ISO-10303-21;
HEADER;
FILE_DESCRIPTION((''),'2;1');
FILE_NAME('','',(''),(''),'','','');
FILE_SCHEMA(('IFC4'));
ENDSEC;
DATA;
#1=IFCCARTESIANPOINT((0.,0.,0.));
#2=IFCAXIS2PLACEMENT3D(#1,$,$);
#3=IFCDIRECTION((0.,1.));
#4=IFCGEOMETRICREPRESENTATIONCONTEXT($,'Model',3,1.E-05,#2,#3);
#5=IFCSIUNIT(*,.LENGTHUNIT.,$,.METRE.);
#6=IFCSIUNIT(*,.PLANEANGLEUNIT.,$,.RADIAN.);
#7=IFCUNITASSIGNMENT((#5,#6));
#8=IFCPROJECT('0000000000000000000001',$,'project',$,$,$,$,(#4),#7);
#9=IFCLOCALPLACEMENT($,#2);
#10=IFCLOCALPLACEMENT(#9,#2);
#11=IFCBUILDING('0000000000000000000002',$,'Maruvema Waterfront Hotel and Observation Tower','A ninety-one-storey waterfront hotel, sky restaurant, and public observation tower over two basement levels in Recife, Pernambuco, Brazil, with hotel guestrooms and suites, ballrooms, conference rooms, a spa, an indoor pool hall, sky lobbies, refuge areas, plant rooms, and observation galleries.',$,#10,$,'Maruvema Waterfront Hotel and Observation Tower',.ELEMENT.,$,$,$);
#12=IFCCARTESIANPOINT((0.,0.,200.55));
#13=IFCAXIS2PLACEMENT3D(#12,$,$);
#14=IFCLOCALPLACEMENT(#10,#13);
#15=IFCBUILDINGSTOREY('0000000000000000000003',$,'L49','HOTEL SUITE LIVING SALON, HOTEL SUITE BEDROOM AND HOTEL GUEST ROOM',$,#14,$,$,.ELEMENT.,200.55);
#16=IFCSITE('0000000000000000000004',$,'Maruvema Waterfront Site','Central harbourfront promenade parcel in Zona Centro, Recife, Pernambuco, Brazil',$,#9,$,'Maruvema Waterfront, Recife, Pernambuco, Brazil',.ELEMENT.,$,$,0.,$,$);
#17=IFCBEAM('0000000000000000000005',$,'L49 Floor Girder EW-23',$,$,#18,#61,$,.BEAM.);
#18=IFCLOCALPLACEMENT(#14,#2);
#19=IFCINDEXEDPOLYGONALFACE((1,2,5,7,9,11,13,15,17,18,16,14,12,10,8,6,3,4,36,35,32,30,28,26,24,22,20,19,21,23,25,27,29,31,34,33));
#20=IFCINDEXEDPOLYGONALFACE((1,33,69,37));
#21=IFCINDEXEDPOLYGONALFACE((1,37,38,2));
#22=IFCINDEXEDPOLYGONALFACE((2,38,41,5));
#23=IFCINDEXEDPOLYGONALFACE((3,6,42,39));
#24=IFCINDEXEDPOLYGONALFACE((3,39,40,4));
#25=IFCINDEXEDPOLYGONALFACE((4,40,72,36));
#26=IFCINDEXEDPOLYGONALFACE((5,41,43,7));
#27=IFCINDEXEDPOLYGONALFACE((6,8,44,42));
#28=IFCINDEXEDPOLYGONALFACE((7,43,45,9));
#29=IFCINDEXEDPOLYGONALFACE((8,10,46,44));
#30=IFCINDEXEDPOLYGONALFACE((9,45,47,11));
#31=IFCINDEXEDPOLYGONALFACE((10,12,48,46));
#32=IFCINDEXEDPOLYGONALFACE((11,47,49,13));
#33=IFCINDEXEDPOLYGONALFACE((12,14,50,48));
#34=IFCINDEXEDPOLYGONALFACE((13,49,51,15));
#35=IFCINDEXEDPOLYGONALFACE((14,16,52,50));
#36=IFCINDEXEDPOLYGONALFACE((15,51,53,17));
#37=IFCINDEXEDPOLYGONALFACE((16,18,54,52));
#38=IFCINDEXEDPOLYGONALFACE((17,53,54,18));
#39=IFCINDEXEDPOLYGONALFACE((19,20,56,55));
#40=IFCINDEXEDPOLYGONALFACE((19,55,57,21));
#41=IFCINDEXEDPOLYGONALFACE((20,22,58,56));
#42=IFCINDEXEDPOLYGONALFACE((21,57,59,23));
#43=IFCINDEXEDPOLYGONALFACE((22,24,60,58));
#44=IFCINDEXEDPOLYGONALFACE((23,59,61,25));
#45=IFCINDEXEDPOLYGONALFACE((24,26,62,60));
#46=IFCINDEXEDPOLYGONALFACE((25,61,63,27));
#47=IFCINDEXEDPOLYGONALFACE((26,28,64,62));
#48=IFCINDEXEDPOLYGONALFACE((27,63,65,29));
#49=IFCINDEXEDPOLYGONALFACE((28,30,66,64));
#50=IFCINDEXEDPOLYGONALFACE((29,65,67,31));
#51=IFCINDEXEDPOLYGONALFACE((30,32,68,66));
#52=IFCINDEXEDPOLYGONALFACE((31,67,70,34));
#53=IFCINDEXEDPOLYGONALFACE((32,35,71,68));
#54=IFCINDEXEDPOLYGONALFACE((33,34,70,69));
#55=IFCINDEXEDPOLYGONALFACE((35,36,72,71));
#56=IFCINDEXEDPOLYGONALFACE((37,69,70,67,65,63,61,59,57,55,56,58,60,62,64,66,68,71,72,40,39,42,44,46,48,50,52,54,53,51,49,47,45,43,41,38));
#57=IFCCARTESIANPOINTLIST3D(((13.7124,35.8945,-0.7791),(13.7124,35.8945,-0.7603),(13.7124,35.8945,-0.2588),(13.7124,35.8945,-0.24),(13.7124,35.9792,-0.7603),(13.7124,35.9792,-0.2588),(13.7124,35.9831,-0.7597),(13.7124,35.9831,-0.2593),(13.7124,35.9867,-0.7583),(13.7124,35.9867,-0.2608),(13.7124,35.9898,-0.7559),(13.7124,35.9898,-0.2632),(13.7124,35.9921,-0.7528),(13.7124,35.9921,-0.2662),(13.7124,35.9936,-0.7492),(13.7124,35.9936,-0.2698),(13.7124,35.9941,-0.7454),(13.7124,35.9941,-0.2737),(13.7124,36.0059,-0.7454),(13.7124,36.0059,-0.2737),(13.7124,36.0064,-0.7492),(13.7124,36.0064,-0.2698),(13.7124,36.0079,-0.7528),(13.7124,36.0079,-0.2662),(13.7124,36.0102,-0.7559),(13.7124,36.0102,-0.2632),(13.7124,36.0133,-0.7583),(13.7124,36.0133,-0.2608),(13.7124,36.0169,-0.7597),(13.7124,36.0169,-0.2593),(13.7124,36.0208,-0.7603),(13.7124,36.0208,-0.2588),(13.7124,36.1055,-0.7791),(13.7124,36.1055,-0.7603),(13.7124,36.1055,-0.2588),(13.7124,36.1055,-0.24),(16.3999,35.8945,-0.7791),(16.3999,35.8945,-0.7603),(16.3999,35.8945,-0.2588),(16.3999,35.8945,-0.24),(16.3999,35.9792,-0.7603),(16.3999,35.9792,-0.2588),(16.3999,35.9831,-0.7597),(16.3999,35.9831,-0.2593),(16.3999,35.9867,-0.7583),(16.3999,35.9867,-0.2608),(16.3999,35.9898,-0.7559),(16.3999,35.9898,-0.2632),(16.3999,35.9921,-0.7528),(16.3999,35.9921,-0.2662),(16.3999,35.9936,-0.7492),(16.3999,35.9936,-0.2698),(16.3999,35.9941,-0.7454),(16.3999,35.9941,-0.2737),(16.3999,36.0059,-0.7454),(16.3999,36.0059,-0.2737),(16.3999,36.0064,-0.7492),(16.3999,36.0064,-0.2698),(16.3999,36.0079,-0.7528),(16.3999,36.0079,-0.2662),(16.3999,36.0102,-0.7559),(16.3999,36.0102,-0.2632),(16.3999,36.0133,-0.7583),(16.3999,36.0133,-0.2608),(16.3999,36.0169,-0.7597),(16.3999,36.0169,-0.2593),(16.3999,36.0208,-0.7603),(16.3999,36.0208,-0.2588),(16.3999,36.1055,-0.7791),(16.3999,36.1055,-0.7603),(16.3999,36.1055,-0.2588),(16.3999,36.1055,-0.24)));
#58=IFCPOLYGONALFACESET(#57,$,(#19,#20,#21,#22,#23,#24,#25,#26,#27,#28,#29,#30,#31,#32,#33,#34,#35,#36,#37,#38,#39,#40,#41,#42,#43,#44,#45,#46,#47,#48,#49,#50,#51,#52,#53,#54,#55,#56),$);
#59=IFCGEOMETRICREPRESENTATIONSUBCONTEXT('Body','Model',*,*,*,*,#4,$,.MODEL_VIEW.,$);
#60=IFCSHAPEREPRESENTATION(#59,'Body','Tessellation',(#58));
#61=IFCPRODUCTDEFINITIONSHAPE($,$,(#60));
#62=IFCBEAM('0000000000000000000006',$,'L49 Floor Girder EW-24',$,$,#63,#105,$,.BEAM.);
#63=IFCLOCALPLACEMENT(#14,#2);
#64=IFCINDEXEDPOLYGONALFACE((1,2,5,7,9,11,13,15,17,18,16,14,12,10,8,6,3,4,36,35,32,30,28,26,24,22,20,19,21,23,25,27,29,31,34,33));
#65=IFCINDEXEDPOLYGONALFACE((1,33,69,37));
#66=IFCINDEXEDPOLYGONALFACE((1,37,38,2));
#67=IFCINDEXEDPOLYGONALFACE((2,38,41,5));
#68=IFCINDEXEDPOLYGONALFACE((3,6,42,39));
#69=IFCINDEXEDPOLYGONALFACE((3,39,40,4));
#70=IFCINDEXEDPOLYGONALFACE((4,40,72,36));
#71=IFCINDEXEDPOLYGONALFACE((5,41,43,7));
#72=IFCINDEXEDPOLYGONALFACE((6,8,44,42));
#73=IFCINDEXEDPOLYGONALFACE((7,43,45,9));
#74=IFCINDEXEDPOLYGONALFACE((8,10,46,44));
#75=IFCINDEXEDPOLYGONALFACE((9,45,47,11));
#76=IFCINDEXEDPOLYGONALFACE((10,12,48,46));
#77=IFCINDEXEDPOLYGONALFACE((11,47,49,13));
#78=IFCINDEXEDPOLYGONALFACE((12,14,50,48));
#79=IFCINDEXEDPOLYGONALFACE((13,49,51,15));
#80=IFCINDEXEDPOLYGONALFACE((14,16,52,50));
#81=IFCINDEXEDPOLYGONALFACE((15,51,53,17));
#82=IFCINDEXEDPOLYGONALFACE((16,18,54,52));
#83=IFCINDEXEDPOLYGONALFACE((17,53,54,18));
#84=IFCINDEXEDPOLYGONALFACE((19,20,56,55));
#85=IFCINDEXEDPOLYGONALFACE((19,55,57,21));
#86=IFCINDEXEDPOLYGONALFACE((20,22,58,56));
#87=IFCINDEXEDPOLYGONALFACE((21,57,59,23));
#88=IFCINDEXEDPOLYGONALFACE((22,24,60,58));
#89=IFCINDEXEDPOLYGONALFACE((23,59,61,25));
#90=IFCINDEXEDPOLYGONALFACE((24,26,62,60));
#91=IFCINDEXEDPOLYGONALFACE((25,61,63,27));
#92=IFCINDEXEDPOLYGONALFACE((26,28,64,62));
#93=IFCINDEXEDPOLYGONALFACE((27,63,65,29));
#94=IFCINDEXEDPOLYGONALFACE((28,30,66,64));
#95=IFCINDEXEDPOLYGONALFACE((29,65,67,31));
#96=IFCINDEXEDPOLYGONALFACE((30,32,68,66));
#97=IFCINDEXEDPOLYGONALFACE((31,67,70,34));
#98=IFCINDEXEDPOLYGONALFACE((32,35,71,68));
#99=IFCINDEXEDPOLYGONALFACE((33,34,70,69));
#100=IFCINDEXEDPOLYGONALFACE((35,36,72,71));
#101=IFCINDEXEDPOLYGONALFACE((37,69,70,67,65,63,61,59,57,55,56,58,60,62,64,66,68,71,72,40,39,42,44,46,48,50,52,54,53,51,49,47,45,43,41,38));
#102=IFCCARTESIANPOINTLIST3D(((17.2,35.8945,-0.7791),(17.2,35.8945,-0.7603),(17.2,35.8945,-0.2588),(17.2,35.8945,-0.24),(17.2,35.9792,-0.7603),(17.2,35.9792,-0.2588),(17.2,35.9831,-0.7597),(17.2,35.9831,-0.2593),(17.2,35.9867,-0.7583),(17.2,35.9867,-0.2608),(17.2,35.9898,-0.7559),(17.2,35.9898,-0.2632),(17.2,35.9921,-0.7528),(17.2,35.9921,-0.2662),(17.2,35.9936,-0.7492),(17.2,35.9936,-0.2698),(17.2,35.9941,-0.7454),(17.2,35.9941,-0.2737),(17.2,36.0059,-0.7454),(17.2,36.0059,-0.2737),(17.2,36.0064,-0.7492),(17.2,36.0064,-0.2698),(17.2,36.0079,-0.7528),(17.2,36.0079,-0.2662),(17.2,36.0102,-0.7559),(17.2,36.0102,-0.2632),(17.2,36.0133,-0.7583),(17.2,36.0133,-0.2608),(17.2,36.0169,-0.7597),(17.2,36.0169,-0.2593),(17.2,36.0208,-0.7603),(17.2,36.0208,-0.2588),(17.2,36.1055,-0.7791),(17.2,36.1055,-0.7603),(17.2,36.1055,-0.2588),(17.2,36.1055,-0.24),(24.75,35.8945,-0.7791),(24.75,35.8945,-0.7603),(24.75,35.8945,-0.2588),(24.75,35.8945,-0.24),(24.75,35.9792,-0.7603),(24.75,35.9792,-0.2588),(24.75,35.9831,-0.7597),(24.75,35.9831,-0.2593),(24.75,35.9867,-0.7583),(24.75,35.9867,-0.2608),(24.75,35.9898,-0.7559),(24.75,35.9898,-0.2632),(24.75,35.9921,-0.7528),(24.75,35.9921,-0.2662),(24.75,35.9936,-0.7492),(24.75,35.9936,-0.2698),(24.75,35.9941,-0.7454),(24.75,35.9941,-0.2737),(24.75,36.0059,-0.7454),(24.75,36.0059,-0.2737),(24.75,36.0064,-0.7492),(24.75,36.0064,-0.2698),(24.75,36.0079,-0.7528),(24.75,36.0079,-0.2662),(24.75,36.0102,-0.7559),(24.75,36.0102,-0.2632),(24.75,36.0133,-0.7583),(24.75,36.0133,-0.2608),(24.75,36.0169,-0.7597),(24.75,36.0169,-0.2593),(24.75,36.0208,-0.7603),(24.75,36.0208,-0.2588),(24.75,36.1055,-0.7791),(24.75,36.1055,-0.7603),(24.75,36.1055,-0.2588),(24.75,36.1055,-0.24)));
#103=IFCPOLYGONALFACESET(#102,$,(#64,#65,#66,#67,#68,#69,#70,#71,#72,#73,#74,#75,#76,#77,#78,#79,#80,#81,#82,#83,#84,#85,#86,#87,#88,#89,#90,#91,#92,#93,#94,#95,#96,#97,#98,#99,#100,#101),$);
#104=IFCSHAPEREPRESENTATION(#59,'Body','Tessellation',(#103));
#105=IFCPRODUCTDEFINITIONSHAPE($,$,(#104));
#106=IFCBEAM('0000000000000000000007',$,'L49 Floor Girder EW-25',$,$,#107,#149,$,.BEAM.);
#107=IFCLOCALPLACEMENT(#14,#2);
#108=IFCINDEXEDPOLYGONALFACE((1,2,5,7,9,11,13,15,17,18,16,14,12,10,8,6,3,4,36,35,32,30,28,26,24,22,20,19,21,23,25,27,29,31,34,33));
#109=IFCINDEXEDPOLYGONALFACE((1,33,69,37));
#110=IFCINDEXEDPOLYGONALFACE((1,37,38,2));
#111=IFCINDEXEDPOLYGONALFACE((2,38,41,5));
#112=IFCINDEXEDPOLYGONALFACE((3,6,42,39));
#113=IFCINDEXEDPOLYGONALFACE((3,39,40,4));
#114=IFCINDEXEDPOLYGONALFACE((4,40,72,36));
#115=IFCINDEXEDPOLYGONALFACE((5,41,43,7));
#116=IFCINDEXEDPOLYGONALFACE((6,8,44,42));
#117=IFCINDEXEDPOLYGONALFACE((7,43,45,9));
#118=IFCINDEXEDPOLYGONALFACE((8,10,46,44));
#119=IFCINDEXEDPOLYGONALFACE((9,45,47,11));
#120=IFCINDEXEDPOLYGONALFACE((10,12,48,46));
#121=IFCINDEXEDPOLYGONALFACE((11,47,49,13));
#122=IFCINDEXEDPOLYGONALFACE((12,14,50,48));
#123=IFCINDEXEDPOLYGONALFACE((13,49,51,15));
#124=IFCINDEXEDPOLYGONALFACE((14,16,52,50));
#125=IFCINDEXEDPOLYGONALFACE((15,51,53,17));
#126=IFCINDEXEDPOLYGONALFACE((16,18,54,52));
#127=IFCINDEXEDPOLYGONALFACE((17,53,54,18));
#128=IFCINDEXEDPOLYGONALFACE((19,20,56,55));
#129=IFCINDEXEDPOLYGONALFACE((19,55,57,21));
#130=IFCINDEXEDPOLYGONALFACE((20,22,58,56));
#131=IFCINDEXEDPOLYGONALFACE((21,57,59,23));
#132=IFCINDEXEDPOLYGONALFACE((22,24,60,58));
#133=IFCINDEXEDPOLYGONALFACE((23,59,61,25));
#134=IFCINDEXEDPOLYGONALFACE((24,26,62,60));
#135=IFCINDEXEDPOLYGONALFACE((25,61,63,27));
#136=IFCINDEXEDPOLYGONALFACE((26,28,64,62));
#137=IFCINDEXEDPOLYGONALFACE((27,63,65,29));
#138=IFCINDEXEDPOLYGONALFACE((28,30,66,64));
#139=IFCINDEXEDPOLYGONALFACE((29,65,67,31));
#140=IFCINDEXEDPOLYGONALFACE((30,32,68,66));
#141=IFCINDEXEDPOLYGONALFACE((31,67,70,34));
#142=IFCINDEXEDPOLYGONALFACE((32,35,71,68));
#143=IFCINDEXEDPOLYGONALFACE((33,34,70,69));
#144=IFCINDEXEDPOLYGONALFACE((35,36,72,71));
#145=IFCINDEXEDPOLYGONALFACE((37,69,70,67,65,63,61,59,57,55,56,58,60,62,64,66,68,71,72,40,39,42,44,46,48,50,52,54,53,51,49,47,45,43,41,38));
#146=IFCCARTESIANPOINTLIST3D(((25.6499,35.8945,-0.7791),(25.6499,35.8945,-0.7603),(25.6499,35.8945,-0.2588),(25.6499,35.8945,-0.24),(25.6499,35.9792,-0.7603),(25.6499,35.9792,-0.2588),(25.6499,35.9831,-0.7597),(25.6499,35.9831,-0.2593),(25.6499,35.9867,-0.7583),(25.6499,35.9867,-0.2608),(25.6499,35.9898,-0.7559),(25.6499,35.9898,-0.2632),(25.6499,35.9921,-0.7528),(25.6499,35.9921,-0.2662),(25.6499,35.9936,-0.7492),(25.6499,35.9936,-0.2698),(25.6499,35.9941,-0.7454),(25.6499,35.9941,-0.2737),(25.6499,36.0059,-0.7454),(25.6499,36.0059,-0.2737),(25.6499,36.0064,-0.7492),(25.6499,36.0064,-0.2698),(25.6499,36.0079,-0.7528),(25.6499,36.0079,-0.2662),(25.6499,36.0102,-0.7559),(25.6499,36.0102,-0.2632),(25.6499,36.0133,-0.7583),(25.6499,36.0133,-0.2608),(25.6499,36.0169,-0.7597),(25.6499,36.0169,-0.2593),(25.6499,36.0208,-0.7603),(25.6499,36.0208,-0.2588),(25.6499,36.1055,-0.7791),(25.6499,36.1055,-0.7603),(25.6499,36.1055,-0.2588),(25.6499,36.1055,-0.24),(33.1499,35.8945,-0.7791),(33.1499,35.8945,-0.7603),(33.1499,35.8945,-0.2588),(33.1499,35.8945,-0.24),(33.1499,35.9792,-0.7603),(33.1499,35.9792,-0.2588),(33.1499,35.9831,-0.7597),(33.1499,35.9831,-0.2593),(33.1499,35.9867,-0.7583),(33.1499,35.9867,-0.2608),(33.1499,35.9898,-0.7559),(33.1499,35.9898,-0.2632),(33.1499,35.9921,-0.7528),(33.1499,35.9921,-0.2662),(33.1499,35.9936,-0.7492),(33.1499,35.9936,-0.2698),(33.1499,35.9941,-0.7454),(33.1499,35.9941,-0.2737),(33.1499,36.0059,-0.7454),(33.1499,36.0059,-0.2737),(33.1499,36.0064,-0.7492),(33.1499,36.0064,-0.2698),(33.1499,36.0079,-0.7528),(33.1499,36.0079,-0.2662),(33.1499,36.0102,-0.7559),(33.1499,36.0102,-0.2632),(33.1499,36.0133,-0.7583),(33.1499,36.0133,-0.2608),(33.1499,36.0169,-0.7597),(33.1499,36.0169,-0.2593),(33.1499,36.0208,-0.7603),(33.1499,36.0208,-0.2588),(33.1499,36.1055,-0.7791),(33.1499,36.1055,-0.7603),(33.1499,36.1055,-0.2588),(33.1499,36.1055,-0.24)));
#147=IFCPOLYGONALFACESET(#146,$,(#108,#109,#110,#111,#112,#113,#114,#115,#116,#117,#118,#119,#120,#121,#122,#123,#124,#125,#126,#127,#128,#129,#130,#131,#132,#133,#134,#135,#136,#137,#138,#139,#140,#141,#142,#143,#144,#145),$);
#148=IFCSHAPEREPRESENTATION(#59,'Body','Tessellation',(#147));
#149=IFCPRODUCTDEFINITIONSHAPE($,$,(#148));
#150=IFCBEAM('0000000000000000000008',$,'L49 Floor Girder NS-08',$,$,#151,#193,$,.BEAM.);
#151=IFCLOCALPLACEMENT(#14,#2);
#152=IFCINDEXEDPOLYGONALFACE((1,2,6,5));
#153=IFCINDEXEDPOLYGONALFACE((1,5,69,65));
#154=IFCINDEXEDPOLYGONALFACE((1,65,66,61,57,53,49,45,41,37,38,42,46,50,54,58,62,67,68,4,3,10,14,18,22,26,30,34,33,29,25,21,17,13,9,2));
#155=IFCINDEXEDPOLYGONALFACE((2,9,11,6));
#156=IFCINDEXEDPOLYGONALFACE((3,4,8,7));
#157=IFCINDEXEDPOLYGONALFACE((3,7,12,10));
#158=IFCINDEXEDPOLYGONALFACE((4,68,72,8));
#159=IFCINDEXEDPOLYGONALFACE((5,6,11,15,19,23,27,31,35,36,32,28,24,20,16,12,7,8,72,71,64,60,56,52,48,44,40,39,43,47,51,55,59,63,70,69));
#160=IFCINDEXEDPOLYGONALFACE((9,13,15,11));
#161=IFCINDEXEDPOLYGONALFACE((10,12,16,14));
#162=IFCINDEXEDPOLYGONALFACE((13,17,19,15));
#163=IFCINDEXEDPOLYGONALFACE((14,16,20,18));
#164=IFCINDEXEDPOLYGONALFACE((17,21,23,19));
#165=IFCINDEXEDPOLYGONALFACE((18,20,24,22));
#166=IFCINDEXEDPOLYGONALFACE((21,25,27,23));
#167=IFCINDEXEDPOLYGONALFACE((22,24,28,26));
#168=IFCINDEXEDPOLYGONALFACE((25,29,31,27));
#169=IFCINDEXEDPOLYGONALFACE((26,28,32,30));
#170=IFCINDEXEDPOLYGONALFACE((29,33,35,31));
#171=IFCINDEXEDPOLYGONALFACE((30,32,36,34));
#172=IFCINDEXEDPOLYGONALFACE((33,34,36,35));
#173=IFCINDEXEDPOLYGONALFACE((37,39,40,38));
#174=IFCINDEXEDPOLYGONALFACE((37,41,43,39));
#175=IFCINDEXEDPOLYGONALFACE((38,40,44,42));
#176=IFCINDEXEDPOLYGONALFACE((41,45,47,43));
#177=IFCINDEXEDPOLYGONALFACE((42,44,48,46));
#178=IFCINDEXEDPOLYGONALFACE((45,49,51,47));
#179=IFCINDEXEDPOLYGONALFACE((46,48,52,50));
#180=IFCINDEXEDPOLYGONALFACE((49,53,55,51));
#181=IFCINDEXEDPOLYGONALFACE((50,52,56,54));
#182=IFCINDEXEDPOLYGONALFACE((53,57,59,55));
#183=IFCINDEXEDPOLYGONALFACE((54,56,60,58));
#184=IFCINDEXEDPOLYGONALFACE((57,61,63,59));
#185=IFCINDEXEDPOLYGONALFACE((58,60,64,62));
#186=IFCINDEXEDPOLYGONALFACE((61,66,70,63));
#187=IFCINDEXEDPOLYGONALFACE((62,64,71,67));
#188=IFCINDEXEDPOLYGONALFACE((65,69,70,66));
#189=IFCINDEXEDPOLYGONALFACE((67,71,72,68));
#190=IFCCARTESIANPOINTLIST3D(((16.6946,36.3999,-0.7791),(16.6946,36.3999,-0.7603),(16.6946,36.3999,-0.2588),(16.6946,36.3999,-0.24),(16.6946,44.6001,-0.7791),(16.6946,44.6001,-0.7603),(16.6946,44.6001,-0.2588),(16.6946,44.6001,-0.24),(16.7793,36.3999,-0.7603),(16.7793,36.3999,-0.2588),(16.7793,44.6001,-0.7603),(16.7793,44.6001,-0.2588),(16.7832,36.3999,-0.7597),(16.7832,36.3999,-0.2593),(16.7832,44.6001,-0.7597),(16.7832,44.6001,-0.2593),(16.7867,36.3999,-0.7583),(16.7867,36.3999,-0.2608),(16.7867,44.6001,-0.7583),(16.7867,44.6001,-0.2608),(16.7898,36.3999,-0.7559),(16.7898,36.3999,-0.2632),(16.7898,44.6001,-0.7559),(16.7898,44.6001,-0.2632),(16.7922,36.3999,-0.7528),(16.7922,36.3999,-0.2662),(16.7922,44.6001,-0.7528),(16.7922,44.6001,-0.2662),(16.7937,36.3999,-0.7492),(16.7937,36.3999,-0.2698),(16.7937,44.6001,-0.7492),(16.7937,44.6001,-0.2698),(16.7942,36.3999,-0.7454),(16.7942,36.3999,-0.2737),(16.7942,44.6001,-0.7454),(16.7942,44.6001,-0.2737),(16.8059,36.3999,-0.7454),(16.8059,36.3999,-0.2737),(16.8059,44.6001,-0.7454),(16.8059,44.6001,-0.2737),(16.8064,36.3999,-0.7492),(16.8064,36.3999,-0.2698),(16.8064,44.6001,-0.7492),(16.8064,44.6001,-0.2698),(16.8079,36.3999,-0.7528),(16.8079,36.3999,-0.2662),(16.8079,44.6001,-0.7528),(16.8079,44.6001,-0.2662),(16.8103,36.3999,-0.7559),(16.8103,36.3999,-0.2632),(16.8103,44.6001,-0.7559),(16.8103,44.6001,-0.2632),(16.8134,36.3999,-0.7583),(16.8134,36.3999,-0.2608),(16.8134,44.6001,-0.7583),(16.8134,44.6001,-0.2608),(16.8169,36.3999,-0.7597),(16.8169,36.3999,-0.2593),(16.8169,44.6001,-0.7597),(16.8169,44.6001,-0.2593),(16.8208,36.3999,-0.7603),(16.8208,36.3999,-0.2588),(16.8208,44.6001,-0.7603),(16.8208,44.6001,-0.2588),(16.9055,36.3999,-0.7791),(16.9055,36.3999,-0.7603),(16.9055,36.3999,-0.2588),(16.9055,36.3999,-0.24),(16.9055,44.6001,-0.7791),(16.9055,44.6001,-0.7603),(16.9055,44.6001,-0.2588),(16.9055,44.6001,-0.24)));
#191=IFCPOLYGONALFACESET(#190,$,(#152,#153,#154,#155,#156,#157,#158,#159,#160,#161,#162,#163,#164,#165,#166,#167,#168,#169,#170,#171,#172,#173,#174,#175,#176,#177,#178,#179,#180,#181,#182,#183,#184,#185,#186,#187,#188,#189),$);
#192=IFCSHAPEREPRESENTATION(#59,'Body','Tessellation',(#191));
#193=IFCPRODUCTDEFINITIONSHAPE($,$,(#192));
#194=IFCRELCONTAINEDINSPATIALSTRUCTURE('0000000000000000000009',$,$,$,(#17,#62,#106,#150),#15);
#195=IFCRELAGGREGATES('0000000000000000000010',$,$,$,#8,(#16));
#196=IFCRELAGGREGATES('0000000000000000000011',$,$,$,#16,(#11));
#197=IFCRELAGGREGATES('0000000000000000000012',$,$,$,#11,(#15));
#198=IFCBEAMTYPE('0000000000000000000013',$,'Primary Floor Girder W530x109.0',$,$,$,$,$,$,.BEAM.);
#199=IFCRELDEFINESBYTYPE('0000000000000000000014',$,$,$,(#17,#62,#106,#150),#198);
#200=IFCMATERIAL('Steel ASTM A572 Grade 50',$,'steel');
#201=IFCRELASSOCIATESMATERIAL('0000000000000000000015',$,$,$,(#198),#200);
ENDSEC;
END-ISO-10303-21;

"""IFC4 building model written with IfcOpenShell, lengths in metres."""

from ifc_helpers import new_model, si_unit, direction, frame, origin, origin_2d, place, context, subcontext, project, spatial, i_section, extrude, material, material_profile, profile_set, type_object, element, save


model = new_model("IFC4")

# Units and contexts
model_context = context("Model", 3, precision=1e-05, world=origin(), true_north=direction((0.0, 1.0)))
body_context = subcontext(model_context, "Body", "Model", "MODEL_VIEW")
ifc_project = project(units=[si_unit("LENGTHUNIT", "METRE"), si_unit("PLANEANGLEUNIT", "RADIAN")], contexts=[model_context])

# Site, building, storey
site_placement = place(None, origin())
site = spatial("IfcSite", under=ifc_project, at=site_placement, Name="Maruvema Waterfront Site", Description="Central harbourfront promenade parcel in Zona Centro, Recife, Pernambuco, Brazil", LongName="Maruvema Waterfront, Recife, Pernambuco, Brazil", CompositionType="ELEMENT", RefElevation=0.0)
building_placement = place(site_placement, origin())
building = spatial("IfcBuilding", under=site, at=building_placement, Name="Maruvema Waterfront Hotel and Observation Tower", Description="A ninety-one-storey waterfront hotel, sky restaurant, and public observation tower over two basement levels in Recife, Pernambuco, Brazil, with hotel guestrooms and suites, ballrooms, conference rooms, a spa, an indoor pool hall, sky lobbies, refuge areas, plant rooms, and observation galleries.", LongName="Maruvema Waterfront Hotel and Observation Tower", CompositionType="ELEMENT")
storey_placement = place(building_placement, frame((0.0, 0.0, 200.55)))
storey = spatial("IfcBuildingStorey", under=building, at=storey_placement, Name="L49", Description="HOTEL SUITE LIVING SALON, HOTEL SUITE BEDROOM AND HOTEL GUEST ROOM", CompositionType="ELEMENT", Elevation=200.55)

# Beams
ifc_material_1 = material(Name="Steel ASTM A572 Grade 50", Category="steel")
ifc_material_profile_1 = material_profile(ifc_material_1, i_section(OverallWidth=0.2109, OverallDepth=0.5391, WebThickness=0.0117, FlangeThickness=0.0188, FilletRadius=0.0149, at=origin_2d()), Name="W530x109.0")
ifc_profile_set_1 = profile_set([ifc_material_profile_1], Name="Steel ASTM A572 Grade 50")
beam_type_1 = type_object("IfcBeamType", Name="Primary Floor Girder W530x109.0", PredefinedType="BEAM", material=ifc_profile_set_1)
beam_1_placement = place(storey_placement, frame((13.7124, 36.0, -0.5095), z_axis=(1.0, 0.0, 0.0), x_axis=(0.0, 1.0, 0.0)))
element("IfcBeam", 1, at=beam_1_placement, inside=storey, type_object=beam_type_1, Name="L49 Floor Girder EW-23", PredefinedType="BEAM", context=body_context, shape_type="SweptSolid", body=[
    extrude(i_section(OverallWidth=0.2109, OverallDepth=0.5391, WebThickness=0.0117, FlangeThickness=0.0188, FilletRadius=0.0149, at=origin_2d()), origin(), (0.0, 0.0, 1.0), 2.6875),
])
beam_2_placement = place(storey_placement, frame((17.2, 36.0, -0.5095), z_axis=(1.0, 0.0, 0.0), x_axis=(0.0, 1.0, 0.0)))
element("IfcBeam", 2, at=beam_2_placement, inside=storey, type_object=beam_type_1, Name="L49 Floor Girder EW-24", PredefinedType="BEAM", context=body_context, shape_type="SweptSolid", body=[
    extrude(i_section(OverallWidth=0.2109, OverallDepth=0.5391, WebThickness=0.0117, FlangeThickness=0.0188, FilletRadius=0.0149, at=origin_2d()), origin(), (0.0, 0.0, 1.0), 7.55),
])
beam_3_placement = place(storey_placement, frame((25.6499, 36.0, -0.5095), z_axis=(1.0, 0.0, 0.0), x_axis=(0.0, 1.0, 0.0)))
element("IfcBeam", 3, at=beam_3_placement, inside=storey, type_object=beam_type_1, Name="L49 Floor Girder EW-25", PredefinedType="BEAM", context=body_context, shape_type="SweptSolid", body=[
    extrude(i_section(OverallWidth=0.2109, OverallDepth=0.5391, WebThickness=0.0117, FlangeThickness=0.0188, FilletRadius=0.0149, at=origin_2d()), origin(), (0.0, 0.0, 1.0), 7.5),
])
beam_4_placement = place(storey_placement, frame((16.8, 36.3999, -0.5095), z_axis=(0.0, 1.0, 0.0), x_axis=(-1.0, 0.0, 0.0)))
element("IfcBeam", 4, at=beam_4_placement, inside=storey, type_object=beam_type_1, Name="L49 Floor Girder NS-08", PredefinedType="BEAM", context=body_context, shape_type="SweptSolid", body=[
    extrude(i_section(OverallWidth=0.2109, OverallDepth=0.5391, WebThickness=0.0117, FlangeThickness=0.0188, FilletRadius=0.0149, at=origin_2d()), origin(), (0.0, 0.0, 1.0), 8.2002),
])

save(model, "model.ifc")
